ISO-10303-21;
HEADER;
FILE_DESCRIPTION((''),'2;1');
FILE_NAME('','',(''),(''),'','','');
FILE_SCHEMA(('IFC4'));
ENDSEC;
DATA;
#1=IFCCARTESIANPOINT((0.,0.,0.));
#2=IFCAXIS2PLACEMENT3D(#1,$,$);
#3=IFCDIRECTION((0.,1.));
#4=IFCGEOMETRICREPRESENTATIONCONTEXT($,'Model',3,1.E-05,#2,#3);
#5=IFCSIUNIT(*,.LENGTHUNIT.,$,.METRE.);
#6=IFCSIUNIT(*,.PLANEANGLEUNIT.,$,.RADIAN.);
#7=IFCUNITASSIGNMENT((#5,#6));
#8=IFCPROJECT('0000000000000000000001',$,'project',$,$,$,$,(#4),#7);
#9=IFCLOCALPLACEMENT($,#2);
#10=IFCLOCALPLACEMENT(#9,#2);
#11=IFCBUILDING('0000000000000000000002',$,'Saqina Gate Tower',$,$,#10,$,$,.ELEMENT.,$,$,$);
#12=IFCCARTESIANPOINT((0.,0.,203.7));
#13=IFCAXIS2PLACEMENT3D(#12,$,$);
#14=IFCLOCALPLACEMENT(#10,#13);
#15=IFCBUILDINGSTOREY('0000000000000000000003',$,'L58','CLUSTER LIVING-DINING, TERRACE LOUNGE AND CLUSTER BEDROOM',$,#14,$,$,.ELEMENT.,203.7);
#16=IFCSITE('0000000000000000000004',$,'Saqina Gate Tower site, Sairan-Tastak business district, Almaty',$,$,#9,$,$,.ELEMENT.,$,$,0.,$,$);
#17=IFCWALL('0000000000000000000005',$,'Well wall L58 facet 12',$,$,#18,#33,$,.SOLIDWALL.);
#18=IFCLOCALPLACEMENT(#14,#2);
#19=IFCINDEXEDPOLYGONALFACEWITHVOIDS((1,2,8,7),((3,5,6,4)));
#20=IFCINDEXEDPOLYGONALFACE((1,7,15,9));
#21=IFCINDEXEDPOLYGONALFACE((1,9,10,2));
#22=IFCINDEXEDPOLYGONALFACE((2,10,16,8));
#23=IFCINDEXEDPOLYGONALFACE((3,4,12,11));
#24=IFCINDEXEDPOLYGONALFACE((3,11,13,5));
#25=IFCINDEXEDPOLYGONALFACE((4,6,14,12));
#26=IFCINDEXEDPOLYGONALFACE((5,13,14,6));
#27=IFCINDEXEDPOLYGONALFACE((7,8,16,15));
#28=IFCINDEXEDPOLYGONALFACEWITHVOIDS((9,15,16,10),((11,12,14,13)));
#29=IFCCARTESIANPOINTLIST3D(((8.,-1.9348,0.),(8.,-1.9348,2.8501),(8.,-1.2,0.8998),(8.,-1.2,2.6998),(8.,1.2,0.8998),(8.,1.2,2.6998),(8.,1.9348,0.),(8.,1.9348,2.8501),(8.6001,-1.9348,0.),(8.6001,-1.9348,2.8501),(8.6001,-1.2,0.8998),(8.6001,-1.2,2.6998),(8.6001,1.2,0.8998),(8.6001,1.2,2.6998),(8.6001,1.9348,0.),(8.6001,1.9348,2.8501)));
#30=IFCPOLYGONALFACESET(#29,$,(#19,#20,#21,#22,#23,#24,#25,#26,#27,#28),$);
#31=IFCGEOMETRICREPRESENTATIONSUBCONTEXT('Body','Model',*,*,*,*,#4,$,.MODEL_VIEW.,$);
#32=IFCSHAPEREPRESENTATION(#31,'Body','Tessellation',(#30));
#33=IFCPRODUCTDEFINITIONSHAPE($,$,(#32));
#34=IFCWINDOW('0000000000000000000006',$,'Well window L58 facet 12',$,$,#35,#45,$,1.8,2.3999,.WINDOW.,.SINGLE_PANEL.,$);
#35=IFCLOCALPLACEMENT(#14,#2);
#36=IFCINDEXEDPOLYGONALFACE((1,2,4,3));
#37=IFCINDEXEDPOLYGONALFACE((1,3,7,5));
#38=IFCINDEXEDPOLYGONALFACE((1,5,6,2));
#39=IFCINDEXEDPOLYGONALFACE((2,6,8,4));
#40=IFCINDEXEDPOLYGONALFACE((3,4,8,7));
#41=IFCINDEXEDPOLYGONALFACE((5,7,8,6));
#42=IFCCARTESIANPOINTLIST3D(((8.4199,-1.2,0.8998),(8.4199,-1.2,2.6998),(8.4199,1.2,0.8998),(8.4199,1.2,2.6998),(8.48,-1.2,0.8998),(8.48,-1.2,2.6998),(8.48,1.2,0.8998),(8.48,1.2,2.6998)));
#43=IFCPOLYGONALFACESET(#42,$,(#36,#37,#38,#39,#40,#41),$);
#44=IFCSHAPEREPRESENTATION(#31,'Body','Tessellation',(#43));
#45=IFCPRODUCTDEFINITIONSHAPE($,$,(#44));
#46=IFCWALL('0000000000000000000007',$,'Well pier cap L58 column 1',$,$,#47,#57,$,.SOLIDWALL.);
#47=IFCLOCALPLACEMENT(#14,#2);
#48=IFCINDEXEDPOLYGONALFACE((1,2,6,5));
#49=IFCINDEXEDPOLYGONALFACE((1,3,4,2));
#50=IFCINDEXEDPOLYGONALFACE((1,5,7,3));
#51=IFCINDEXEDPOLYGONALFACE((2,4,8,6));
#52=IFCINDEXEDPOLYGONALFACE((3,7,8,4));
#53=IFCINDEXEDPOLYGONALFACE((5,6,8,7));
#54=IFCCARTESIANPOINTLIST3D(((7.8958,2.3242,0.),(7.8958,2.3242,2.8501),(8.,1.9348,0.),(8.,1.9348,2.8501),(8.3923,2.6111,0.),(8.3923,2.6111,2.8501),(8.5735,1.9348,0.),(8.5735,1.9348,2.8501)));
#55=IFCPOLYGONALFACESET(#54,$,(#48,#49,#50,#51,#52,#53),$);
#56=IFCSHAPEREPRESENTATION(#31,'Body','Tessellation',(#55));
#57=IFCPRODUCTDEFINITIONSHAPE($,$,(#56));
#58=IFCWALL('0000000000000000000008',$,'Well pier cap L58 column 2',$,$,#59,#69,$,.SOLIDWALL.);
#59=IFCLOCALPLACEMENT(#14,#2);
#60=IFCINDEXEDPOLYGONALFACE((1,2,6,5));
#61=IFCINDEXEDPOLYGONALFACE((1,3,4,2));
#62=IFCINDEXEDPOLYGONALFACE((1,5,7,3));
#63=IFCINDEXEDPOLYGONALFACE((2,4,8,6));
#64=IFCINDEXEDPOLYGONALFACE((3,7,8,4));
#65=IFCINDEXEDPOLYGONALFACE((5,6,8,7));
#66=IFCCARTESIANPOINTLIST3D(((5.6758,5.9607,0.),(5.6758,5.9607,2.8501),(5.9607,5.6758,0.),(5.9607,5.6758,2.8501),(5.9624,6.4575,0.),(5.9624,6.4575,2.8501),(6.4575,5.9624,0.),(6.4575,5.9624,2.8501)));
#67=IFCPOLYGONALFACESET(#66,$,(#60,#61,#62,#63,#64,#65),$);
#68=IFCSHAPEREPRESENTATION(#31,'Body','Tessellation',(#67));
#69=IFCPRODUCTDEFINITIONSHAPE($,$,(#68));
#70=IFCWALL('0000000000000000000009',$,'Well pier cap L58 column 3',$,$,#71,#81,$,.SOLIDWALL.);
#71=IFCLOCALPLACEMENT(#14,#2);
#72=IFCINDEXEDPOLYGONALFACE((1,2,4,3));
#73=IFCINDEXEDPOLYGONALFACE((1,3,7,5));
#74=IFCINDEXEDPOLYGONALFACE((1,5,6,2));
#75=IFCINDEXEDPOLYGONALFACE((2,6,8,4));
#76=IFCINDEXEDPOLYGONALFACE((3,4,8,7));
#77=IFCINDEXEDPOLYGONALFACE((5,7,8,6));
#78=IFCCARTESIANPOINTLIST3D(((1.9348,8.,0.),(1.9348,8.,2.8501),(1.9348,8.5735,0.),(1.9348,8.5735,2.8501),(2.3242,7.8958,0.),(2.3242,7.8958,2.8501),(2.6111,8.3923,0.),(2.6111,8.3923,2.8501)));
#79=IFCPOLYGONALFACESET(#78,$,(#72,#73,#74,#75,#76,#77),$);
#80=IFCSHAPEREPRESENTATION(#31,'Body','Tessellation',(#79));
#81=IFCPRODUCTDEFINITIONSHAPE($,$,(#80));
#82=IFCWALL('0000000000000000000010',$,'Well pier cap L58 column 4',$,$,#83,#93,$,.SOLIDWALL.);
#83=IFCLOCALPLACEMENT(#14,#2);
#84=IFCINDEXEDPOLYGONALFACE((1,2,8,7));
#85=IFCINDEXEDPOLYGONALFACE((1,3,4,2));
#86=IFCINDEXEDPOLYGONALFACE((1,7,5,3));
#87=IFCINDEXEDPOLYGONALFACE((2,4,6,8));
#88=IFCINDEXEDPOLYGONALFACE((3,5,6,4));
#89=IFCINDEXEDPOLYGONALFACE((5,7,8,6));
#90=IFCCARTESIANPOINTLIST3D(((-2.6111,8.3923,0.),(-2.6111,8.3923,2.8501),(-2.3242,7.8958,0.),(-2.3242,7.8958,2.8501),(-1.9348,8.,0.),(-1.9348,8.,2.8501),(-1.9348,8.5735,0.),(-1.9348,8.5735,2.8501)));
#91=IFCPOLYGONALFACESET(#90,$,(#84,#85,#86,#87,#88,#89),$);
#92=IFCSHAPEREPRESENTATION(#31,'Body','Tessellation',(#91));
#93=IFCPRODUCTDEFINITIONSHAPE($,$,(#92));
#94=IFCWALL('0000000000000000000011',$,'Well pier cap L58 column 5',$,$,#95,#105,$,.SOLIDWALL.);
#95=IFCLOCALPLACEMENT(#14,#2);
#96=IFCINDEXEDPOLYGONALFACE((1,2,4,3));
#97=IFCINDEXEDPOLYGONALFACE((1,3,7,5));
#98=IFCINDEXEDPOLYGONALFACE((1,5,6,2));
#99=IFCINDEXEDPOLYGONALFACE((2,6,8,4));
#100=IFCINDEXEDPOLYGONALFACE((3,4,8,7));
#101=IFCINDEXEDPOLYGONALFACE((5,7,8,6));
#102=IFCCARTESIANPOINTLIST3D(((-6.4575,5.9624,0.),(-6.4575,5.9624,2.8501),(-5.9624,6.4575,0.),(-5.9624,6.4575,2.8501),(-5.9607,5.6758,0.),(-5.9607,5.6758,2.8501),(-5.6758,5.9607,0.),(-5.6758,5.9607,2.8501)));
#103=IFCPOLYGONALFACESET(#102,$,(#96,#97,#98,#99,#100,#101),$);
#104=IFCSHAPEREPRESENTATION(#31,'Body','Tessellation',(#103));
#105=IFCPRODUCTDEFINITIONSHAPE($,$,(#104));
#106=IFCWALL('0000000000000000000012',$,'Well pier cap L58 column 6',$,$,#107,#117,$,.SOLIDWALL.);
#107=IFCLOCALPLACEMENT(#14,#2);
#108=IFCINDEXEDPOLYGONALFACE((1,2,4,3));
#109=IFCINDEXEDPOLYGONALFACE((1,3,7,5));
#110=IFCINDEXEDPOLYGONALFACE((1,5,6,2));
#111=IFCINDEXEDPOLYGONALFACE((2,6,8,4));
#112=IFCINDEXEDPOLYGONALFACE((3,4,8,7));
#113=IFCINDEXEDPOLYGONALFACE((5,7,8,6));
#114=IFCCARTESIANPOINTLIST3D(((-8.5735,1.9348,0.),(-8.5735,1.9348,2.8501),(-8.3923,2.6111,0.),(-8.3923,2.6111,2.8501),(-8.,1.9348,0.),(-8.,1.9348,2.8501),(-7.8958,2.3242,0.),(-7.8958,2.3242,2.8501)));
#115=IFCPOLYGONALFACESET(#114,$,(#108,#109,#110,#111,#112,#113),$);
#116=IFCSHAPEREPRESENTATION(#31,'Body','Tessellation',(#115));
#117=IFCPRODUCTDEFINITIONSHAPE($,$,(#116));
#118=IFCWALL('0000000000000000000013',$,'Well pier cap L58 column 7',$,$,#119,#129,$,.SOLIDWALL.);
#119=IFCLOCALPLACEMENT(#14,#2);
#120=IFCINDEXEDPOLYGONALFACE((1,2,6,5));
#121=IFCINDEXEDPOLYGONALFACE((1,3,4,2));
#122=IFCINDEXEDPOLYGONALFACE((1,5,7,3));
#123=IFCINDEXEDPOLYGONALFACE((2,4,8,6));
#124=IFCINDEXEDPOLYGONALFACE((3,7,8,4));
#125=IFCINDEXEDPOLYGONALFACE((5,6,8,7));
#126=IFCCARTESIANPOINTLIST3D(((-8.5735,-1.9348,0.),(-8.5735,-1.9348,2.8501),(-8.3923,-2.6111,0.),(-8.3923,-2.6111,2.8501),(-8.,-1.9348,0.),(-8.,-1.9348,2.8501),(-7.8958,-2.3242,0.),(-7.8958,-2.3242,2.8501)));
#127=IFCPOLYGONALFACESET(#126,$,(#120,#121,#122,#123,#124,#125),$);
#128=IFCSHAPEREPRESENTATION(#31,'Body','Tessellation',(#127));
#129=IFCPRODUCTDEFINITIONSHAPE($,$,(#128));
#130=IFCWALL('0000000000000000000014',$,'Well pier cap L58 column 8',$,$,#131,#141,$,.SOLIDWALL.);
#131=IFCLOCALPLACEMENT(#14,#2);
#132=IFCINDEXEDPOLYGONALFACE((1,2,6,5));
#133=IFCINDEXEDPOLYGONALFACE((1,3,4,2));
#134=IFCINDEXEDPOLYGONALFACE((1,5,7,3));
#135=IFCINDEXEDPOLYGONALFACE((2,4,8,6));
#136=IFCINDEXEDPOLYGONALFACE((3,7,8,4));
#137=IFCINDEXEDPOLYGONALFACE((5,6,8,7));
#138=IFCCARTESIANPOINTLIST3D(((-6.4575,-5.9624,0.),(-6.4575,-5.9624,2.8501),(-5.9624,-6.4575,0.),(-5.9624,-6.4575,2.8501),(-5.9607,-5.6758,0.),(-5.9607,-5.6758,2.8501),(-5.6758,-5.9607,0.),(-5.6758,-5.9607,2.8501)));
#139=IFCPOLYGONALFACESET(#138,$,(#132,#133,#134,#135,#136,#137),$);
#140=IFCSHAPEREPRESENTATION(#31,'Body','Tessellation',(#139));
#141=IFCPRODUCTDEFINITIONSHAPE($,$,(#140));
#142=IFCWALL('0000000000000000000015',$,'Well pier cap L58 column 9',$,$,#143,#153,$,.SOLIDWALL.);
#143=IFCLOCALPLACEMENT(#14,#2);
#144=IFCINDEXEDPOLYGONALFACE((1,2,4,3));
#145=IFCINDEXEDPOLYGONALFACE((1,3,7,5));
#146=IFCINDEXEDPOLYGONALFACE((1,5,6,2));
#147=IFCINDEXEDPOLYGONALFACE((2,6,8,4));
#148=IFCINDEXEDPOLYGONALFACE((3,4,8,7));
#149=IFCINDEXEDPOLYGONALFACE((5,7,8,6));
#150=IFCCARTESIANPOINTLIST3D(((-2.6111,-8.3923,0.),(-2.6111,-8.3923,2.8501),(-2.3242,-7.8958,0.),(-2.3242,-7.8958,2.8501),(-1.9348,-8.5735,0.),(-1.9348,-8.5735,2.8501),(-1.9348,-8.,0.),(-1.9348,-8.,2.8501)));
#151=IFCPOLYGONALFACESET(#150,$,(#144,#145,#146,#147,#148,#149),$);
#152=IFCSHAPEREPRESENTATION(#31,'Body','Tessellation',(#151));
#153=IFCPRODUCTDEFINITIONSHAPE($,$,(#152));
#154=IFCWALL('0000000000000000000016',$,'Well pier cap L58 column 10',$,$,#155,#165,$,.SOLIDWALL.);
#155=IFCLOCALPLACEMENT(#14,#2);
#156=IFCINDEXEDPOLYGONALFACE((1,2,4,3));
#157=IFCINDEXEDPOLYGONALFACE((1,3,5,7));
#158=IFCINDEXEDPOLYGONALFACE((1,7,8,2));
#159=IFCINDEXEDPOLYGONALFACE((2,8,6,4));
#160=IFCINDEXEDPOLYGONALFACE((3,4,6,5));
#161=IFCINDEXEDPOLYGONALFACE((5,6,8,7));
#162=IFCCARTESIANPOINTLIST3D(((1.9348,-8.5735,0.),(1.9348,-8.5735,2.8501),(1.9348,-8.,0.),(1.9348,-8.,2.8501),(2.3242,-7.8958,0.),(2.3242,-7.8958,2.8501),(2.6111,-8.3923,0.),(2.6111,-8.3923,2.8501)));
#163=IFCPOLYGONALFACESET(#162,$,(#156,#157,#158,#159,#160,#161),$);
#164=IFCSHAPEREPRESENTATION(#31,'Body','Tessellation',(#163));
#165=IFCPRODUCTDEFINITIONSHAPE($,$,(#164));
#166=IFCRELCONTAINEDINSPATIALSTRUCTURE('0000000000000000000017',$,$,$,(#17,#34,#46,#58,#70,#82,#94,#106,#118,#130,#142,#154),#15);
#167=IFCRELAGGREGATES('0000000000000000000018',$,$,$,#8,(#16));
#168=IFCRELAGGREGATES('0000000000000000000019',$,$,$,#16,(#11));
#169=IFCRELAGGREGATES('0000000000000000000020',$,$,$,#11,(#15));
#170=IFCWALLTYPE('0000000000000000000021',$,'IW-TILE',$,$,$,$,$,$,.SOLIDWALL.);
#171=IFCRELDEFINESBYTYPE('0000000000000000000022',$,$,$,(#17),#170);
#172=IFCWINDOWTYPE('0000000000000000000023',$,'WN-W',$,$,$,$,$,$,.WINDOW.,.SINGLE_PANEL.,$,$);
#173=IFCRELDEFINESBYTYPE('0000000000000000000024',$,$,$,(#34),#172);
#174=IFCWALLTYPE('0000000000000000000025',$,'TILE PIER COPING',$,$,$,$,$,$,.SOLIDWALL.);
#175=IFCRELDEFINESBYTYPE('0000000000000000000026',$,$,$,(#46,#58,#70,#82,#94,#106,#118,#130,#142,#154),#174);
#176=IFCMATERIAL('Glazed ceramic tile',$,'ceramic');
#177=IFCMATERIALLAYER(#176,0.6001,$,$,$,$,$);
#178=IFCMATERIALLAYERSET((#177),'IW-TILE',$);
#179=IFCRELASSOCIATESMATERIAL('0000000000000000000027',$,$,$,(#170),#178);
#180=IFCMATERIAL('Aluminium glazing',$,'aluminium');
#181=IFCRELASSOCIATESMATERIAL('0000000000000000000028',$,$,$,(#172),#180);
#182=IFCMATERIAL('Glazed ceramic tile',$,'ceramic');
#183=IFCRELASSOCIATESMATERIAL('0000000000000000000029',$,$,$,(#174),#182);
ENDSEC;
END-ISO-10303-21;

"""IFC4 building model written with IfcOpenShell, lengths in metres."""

from ifc_helpers import new_model, si_unit, direction, frame, frame_2d, origin, place, context, subcontext, project, spatial, polyline, rectangle, outline, extrude, material, layer, layer_set, type_object, element, fill, save


model = new_model("IFC4")

# Units and contexts
model_context = context("Model", 3, precision=1e-05, world=origin(), true_north=direction((0.0, 1.0)))
body_context = subcontext(model_context, "Body", "Model", "MODEL_VIEW")
ifc_project = project(units=[si_unit("LENGTHUNIT", "METRE"), si_unit("PLANEANGLEUNIT", "RADIAN")], contexts=[model_context])

# Site, building, storey
site_placement = place(None, origin())
site = spatial("IfcSite", under=ifc_project, at=site_placement, Name="Saqina Gate Tower site, Sairan-Tastak business district, Almaty", CompositionType="ELEMENT", RefElevation=0.0)
building_placement = place(site_placement, origin())
building = spatial("IfcBuilding", under=site, at=building_placement, Name="Saqina Gate Tower", CompositionType="ELEMENT")
storey_placement = place(building_placement, frame((0.0, 0.0, 203.7)))
storey = spatial("IfcBuildingStorey", under=building, at=storey_placement, Name="L58", Description="CLUSTER LIVING-DINING, TERRACE LOUNGE AND CLUSTER BEDROOM", CompositionType="ELEMENT", Elevation=203.7)

# Wall, opening, window
ifc_material_1 = material(Name="Glazed ceramic tile", Category="ceramic")
ifc_layer = layer(ifc_material_1, 0.6001)
ifc_layer_set = layer_set([ifc_layer], Name="IW-TILE")
wall_type_1 = type_object("IfcWallType", Name="IW-TILE", PredefinedType="SOLIDWALL", material=ifc_layer_set)
wall_1_placement = place(storey_placement, frame((8.3, -1.9348, 0.0), z_axis=(0.0, 0.0, 1.0), x_axis=(0.0, 1.0, 0.0)))
wall_1 = element("IfcWall", 1, at=wall_1_placement, inside=storey, type_object=wall_type_1, Name="Well wall L58 facet 12", PredefinedType="SOLIDWALL", context=body_context, shape_type="SweptSolid", body=[
    extrude(rectangle(XDim=3.8696, YDim=0.6001, at=frame_2d((1.9348, 0.0))), origin(), (0.0, 0.0, 1.0), 2.8501),
])
opening_placement = place(wall_1_placement, frame((0.7349, 0.0, 0.8999)))
opening = element("IfcOpeningElement", 2, at=opening_placement, cuts=wall_1, PredefinedType="OPENING", context=body_context, shape_type="SweptSolid", body=[
    extrude(rectangle(XDim=2.3999, YDim=1.8, at=frame_2d((1.2, 0.8999))), frame((0.0, 0.312, 0.0), z_axis=(0.0, -1.0, 0.0), x_axis=(1.0, 0.0, 0.0)), (0.0, 0.0, 1.0), 0.624),
])
ifc_material_2 = material(Name="Aluminium glazing", Category="aluminium")
window_type = type_object("IfcWindowType", Name="WN-W", PartitioningType="SINGLE_PANEL", PredefinedType="WINDOW", material=ifc_material_2)
window_placement = place(opening_placement, origin())
window = element("IfcWindow", 3, at=window_placement, inside=storey, type_object=window_type, Name="Well window L58 facet 12", OverallHeight=1.8, OverallWidth=2.3999, PartitioningType="SINGLE_PANEL", PredefinedType="WINDOW", context=body_context, shape_type="SweptSolid", body=[
    extrude(rectangle(XDim=2.3999, YDim=1.8, at=frame_2d((1.2, 0.8999))), frame((0.0, -0.1199, 0.0), z_axis=(0.0, -1.0, 0.0), x_axis=(1.0, 0.0, 0.0)), (0.0, 0.0, 1.0), 0.0601),
])
fill(opening, window)

# Walls
ifc_material_3 = material(Name="Glazed ceramic tile", Category="ceramic")
wall_type_2 = type_object("IfcWallType", Name="TILE PIER COPING", PredefinedType="SOLIDWALL", material=ifc_material_3)
wall_2_placement = place(storey_placement, origin())
element("IfcWall", 4, at=wall_2_placement, inside=storey, type_object=wall_type_2, Name="Well pier cap L58 column 1", PredefinedType="SOLIDWALL", context=body_context, shape_type="SweptSolid", body=[
    extrude(outline(polyline([(8.3923, 2.6111), (7.8958, 2.3242), (8.0, 1.9348), (8.5735, 1.9348), (8.3923, 2.6111)])), origin(), (0.0, 0.0, 1.0), 2.8501),
])
wall_3_placement = place(storey_placement, origin())
element("IfcWall", 5, at=wall_3_placement, inside=storey, type_object=wall_type_2, Name="Well pier cap L58 column 2", PredefinedType="SOLIDWALL", context=body_context, shape_type="SweptSolid", body=[
    extrude(outline(polyline([(5.9624, 6.4575), (5.6758, 5.9607), (5.9607, 5.6758), (6.4575, 5.9624), (5.9624, 6.4575)])), origin(), (0.0, 0.0, 1.0), 2.8501),
])
wall_4_placement = place(storey_placement, origin())
element("IfcWall", 6, at=wall_4_placement, inside=storey, type_object=wall_type_2, Name="Well pier cap L58 column 3", PredefinedType="SOLIDWALL", context=body_context, shape_type="SweptSolid", body=[
    extrude(outline(polyline([(1.9348, 8.5735), (1.9348, 8.0), (2.3242, 7.8958), (2.6111, 8.3923), (1.9348, 8.5735)])), origin(), (0.0, 0.0, 1.0), 2.8501),
])
wall_5_placement = place(storey_placement, origin())
element("IfcWall", 7, at=wall_5_placement, inside=storey, type_object=wall_type_2, Name="Well pier cap L58 column 4", PredefinedType="SOLIDWALL", context=body_context, shape_type="SweptSolid", body=[
    extrude(outline(polyline([(-1.9348, 8.0), (-1.9348, 8.5735), (-2.6111, 8.3923), (-2.3242, 7.8958), (-1.9348, 8.0)])), origin(), (0.0, 0.0, 1.0), 2.8501),
])
wall_6_placement = place(storey_placement, origin())
element("IfcWall", 8, at=wall_6_placement, inside=storey, type_object=wall_type_2, Name="Well pier cap L58 column 5", PredefinedType="SOLIDWALL", context=body_context, shape_type="SweptSolid", body=[
    extrude(outline(polyline([(-6.4575, 5.9624), (-5.9607, 5.6758), (-5.6758, 5.9607), (-5.9624, 6.4575), (-6.4575, 5.9624)])), origin(), (0.0, 0.0, 1.0), 2.8501),
])
wall_7_placement = place(storey_placement, origin())
element("IfcWall", 9, at=wall_7_placement, inside=storey, type_object=wall_type_2, Name="Well pier cap L58 column 6", PredefinedType="SOLIDWALL", context=body_context, shape_type="SweptSolid", body=[
    extrude(outline(polyline([(-8.5735, 1.9348), (-8.0, 1.9348), (-7.8958, 2.3242), (-8.3923, 2.6111), (-8.5735, 1.9348)])), origin(), (0.0, 0.0, 1.0), 2.8501),
])
wall_8_placement = place(storey_placement, origin())
element("IfcWall", 10, at=wall_8_placement, inside=storey, type_object=wall_type_2, Name="Well pier cap L58 column 7", PredefinedType="SOLIDWALL", context=body_context, shape_type="SweptSolid", body=[
    extrude(outline(polyline([(-8.0, -1.9348), (-8.5735, -1.9348), (-8.3923, -2.6111), (-7.8958, -2.3242), (-8.0, -1.9348)])), origin(), (0.0, 0.0, 1.0), 2.8501),
])
wall_9_placement = place(storey_placement, origin())
element("IfcWall", 11, at=wall_9_placement, inside=storey, type_object=wall_type_2, Name="Well pier cap L58 column 8", PredefinedType="SOLIDWALL", context=body_context, shape_type="SweptSolid", body=[
    extrude(outline(polyline([(-6.4575, -5.9624), (-5.9624, -6.4575), (-5.6758, -5.9607), (-5.9607, -5.6758), (-6.4575, -5.9624)])), origin(), (0.0, 0.0, 1.0), 2.8501),
])
wall_10_placement = place(storey_placement, origin())
element("IfcWall", 12, at=wall_10_placement, inside=storey, type_object=wall_type_2, Name="Well pier cap L58 column 9", PredefinedType="SOLIDWALL", context=body_context, shape_type="SweptSolid", body=[
    extrude(outline(polyline([(-1.9348, -8.5735), (-1.9348, -8.0), (-2.3242, -7.8958), (-2.6111, -8.3923), (-1.9348, -8.5735)])), origin(), (0.0, 0.0, 1.0), 2.8501),
])
wall_11_placement = place(storey_placement, origin())
element("IfcWall", 13, at=wall_11_placement, inside=storey, type_object=wall_type_2, Name="Well pier cap L58 column 10", PredefinedType="SOLIDWALL", context=body_context, shape_type="SweptSolid", body=[
    extrude(outline(polyline([(2.6111, -8.3923), (2.3242, -7.8958), (1.9348, -8.0), (1.9348, -8.5735), (2.6111, -8.3923)])), origin(), (0.0, 0.0, 1.0), 2.8501),
])

save(model, "model.ifc")
